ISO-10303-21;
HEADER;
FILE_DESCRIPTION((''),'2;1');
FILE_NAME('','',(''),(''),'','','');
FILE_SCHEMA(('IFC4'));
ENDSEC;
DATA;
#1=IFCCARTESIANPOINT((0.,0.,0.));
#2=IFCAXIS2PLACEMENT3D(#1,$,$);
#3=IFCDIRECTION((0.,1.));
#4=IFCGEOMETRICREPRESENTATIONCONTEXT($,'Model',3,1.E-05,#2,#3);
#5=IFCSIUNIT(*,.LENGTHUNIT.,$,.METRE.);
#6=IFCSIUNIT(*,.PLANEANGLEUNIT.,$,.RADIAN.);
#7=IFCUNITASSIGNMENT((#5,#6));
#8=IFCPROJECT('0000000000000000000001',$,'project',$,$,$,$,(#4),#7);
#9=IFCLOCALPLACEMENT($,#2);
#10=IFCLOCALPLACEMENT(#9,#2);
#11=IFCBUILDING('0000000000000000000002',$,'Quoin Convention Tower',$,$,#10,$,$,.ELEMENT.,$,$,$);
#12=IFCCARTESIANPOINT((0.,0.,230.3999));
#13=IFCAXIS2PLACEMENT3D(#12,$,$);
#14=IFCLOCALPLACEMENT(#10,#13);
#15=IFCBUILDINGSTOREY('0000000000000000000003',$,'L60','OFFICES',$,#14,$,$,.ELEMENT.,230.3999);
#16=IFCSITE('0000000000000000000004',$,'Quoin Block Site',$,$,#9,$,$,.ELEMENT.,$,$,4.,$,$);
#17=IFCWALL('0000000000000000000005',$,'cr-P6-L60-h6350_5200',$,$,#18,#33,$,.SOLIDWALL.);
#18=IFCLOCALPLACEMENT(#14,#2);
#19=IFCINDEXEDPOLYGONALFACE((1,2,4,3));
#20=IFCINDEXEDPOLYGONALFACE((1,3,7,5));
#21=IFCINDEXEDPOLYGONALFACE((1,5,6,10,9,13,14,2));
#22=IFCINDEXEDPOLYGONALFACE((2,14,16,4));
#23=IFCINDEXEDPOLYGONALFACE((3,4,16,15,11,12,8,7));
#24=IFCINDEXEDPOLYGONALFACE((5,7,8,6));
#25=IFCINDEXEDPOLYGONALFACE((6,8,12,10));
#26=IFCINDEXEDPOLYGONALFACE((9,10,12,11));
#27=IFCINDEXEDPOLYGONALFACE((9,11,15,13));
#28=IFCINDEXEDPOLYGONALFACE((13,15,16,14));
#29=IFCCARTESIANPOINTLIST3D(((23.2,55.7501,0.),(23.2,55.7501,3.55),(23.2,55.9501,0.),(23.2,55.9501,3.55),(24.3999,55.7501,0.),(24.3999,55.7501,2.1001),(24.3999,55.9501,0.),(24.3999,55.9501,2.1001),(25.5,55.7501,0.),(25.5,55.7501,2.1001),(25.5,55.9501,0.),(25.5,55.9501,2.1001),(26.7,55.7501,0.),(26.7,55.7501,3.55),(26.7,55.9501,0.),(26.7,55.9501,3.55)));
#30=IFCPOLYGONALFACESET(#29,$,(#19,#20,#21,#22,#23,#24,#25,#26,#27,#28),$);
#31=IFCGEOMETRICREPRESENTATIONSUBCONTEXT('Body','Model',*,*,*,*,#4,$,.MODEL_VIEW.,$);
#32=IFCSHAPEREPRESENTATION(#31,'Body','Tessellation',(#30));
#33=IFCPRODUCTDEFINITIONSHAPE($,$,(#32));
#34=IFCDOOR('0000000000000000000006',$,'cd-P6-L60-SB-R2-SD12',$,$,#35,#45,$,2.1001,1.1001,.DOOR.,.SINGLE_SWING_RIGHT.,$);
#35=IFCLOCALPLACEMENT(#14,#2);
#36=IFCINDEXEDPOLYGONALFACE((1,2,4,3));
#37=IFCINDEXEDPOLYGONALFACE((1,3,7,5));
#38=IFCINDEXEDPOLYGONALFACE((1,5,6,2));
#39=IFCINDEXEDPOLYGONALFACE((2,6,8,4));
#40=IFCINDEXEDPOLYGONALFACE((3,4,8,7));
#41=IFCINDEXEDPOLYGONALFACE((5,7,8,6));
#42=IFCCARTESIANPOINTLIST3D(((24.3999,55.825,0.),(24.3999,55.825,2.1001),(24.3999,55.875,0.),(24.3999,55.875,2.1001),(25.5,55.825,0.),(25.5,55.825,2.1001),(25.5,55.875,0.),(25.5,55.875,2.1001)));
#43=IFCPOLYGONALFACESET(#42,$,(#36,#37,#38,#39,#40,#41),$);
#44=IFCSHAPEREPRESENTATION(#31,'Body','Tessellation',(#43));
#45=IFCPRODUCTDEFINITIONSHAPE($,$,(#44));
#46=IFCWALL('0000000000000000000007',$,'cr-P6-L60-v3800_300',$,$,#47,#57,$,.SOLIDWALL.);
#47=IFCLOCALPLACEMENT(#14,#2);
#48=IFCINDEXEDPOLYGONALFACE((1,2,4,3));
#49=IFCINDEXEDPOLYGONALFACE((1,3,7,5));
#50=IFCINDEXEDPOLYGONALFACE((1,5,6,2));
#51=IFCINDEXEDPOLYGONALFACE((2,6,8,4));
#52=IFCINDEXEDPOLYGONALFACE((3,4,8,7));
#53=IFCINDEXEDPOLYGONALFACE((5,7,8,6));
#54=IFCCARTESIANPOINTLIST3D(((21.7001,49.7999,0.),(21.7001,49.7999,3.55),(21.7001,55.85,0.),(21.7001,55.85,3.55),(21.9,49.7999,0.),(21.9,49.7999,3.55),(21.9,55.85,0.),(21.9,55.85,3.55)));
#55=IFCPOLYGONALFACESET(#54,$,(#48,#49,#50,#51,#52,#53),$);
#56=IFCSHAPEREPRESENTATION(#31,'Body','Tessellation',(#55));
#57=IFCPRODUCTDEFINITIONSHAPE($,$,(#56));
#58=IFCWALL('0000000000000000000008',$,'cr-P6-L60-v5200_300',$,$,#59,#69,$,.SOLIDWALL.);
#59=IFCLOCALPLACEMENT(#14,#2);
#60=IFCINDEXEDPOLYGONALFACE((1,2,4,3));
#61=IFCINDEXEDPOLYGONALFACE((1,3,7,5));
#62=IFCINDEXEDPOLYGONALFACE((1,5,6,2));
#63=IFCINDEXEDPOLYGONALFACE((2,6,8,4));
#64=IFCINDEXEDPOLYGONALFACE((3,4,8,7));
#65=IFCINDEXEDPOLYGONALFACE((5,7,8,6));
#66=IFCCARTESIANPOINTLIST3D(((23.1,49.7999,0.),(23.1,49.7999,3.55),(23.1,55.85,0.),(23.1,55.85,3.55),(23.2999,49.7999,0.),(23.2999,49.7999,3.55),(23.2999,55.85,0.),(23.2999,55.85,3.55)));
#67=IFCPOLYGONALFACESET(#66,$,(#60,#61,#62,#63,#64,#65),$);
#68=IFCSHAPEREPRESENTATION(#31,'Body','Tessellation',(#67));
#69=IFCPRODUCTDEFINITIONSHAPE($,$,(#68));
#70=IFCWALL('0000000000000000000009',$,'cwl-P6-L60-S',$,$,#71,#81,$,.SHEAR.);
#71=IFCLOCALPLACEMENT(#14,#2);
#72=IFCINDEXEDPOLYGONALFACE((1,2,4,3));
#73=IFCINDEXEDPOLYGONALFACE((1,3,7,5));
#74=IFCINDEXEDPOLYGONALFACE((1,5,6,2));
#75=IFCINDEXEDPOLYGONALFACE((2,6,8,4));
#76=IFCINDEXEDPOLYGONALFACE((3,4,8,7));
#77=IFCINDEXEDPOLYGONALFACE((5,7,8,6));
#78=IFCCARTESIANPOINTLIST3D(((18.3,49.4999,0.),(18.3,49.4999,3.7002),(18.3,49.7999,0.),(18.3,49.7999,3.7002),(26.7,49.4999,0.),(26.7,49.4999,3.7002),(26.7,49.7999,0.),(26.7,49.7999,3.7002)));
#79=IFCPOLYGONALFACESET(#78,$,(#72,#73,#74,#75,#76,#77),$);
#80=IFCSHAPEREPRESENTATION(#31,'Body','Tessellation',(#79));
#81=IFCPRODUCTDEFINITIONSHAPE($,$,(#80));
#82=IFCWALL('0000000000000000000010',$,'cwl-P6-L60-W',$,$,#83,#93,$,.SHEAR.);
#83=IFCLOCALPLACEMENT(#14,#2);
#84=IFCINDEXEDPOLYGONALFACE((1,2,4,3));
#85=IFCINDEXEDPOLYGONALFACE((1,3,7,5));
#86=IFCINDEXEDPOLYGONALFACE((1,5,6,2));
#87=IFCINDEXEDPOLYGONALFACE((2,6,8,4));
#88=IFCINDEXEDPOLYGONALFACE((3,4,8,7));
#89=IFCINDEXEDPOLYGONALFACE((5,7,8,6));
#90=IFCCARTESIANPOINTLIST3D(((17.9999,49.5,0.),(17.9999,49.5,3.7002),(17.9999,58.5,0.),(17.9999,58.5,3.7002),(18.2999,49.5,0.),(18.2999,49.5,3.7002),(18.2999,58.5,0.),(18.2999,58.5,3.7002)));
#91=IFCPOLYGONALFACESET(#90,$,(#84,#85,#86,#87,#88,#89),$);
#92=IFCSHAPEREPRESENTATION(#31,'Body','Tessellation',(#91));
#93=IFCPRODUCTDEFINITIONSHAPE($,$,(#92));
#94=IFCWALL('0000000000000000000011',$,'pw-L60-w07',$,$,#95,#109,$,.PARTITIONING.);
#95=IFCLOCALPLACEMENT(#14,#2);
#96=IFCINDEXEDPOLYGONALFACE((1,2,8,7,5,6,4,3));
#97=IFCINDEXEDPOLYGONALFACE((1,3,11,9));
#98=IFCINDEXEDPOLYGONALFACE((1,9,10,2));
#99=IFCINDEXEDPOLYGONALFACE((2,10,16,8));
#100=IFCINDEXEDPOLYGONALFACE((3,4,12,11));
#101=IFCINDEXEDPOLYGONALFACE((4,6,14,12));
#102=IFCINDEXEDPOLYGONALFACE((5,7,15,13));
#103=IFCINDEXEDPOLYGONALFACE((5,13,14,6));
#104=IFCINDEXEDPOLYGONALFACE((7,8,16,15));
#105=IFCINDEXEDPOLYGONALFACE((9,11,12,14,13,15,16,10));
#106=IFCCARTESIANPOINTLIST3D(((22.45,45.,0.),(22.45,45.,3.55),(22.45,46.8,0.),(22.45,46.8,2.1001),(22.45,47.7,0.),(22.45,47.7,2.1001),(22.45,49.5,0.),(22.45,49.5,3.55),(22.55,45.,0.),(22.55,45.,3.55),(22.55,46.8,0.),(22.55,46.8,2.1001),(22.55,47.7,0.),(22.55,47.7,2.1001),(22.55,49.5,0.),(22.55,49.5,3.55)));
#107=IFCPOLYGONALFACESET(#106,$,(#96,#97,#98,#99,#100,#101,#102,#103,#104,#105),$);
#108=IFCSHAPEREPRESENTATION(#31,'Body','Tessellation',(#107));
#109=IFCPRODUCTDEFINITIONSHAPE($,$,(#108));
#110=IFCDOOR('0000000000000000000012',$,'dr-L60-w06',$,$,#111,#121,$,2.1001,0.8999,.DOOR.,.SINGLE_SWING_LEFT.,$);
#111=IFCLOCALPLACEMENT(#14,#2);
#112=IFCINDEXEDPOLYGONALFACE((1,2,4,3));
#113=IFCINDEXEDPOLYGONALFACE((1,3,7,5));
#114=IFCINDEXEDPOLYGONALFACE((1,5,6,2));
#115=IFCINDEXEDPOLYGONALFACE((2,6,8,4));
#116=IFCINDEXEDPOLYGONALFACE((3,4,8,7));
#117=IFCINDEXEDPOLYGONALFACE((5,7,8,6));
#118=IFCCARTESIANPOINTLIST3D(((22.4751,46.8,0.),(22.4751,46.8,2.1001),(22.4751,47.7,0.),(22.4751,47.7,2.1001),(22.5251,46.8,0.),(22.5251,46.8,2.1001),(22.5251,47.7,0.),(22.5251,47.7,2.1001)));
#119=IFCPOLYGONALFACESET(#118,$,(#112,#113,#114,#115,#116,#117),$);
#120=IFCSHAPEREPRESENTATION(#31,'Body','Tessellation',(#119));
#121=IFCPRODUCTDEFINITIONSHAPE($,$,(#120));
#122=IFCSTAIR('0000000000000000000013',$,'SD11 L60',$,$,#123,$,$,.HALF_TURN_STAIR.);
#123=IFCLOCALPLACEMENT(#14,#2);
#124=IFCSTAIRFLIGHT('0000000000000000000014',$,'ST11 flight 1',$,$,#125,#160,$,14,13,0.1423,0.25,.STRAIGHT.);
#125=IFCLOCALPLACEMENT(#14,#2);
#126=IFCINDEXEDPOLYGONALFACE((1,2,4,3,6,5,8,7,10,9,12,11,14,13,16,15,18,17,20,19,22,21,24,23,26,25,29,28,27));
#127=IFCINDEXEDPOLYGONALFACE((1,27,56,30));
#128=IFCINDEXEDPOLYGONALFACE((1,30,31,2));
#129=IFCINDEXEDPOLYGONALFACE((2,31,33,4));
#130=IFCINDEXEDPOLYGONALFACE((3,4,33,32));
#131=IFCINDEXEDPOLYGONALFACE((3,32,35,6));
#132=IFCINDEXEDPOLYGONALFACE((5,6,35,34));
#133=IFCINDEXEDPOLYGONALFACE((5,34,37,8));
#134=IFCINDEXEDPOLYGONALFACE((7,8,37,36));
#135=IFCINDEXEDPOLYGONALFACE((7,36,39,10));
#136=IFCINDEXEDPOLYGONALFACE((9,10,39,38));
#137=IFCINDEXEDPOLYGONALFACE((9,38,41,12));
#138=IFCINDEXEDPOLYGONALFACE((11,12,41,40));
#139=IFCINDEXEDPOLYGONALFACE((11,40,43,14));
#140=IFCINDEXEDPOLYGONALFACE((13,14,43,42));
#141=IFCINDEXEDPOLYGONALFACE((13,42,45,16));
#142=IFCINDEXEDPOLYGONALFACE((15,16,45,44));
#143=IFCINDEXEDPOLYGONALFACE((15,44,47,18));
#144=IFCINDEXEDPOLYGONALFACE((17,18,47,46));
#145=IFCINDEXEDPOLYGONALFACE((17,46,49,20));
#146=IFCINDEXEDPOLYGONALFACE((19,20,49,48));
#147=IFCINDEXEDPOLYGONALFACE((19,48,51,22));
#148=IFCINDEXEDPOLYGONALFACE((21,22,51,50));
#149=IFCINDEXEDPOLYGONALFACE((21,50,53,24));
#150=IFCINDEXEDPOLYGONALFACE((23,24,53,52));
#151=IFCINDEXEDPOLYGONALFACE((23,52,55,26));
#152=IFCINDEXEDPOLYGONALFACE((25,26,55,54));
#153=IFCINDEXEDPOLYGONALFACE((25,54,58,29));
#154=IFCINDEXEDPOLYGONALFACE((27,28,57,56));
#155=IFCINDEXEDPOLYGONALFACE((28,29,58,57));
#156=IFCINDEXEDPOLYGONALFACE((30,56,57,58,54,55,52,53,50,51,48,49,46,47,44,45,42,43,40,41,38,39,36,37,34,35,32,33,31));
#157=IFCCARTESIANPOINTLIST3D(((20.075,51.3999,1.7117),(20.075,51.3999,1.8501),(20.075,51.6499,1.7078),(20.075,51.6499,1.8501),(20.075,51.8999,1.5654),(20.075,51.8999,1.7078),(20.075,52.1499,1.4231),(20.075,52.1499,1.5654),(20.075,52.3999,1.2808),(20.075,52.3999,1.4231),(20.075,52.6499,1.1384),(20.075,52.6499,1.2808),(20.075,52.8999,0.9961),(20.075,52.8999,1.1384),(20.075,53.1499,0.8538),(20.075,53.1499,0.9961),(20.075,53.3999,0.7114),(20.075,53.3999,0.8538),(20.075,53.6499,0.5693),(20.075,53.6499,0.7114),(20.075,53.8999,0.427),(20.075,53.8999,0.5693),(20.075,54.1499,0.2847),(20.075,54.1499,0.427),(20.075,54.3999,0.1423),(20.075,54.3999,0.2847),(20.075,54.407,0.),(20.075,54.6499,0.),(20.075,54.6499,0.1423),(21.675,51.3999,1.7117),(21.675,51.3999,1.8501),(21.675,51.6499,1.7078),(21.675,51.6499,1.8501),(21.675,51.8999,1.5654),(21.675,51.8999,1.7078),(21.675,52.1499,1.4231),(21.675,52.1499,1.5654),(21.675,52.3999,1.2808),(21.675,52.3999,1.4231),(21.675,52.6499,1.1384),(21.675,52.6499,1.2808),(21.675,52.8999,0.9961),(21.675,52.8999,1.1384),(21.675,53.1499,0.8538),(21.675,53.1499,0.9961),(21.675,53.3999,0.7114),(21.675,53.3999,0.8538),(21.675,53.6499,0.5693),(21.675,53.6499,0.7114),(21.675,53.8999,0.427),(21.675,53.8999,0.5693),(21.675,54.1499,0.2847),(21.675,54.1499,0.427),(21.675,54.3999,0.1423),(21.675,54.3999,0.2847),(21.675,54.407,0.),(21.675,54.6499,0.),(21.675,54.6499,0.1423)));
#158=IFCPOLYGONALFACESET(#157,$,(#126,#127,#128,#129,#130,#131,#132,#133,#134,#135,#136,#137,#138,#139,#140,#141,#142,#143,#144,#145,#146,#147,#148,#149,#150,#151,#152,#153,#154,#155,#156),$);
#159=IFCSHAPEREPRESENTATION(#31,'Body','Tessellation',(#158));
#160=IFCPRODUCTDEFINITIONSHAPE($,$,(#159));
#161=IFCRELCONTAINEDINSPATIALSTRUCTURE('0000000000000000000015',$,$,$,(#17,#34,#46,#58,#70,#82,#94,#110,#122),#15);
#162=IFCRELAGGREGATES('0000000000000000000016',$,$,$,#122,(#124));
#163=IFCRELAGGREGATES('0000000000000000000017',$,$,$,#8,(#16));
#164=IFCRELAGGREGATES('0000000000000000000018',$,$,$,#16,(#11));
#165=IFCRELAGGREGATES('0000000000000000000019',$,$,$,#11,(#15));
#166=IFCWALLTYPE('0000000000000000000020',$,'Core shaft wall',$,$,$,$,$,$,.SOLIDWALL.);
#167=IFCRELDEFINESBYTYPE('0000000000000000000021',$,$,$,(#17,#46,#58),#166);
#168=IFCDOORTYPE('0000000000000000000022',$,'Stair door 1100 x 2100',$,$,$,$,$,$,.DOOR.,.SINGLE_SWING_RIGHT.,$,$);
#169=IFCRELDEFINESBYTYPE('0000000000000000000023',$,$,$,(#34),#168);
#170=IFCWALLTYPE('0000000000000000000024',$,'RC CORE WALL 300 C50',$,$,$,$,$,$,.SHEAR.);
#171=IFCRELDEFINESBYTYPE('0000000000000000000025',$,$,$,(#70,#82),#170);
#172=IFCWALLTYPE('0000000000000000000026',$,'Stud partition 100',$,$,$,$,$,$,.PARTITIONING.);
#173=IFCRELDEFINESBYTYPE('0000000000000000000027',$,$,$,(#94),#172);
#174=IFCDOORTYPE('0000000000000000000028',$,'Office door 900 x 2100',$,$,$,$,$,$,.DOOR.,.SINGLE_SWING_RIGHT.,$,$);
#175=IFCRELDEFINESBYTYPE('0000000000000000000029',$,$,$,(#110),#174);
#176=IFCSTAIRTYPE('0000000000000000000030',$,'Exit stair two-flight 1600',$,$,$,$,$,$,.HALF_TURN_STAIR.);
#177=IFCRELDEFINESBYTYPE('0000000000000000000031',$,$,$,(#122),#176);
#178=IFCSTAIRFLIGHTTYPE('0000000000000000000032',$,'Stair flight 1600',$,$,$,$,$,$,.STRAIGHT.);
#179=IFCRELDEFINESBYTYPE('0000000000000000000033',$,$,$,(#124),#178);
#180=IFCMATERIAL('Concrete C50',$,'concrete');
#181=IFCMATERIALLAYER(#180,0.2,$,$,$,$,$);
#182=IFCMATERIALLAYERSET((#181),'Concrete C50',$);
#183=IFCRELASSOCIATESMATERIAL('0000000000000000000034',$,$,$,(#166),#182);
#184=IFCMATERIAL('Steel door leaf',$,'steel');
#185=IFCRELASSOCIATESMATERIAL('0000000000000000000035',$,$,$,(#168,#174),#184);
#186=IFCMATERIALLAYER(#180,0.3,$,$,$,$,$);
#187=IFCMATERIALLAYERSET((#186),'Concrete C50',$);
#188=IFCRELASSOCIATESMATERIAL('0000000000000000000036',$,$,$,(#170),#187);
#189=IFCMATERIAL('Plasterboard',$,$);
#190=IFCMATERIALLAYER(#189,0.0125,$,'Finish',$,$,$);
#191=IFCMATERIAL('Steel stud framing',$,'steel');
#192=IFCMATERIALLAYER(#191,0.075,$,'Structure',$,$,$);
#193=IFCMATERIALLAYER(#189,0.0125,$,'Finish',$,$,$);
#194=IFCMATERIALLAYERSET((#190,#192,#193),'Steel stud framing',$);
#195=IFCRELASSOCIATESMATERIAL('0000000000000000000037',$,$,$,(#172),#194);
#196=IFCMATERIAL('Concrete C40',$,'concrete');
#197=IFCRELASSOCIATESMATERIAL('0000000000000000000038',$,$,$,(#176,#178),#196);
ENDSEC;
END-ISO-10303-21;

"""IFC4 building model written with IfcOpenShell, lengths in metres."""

from ifc_helpers import new_model, si_unit, direction, frame, frame_2d, origin, place, context, subcontext, project, spatial, polyline, rectangle, outline, extrude, material, layer, layer_set, type_object, element, fill, aggregate, save


model = new_model("IFC4")

# Units and contexts
model_context = context("Model", 3, precision=1e-05, world=origin(), true_north=direction((0.0, 1.0)))
body_context = subcontext(model_context, "Body", "Model", "MODEL_VIEW")
ifc_project = project(units=[si_unit("LENGTHUNIT", "METRE"), si_unit("PLANEANGLEUNIT", "RADIAN")], contexts=[model_context])

# Site, building, storey
site_placement = place(None, origin())
site = spatial("IfcSite", under=ifc_project, at=site_placement, Name="Quoin Block Site", CompositionType="ELEMENT", RefElevation=4.0)
building_placement = place(site_placement, origin())
building = spatial("IfcBuilding", under=site, at=building_placement, Name="Quoin Convention Tower", CompositionType="ELEMENT")
storey_placement = place(building_placement, frame((0.0, 0.0, 230.3999)))
storey = spatial("IfcBuildingStorey", under=building, at=storey_placement, Name="L60", Description="OFFICES", CompositionType="ELEMENT", Elevation=230.3999)

# Shared definitions
ifc_material_1 = material(Name="Concrete C50", Category="concrete")

# Shared definitions
ifc_layer_1 = layer(ifc_material_1, 0.2)
ifc_layer_set_1 = layer_set([ifc_layer_1], Name="Concrete C50")
wall_type_1 = type_object("IfcWallType", Name="Core shaft wall", PredefinedType="SOLIDWALL", material=ifc_layer_set_1)

# Wall, opening, door
ifc_material_2 = material(Name="Steel door leaf", Category="steel")
door_type_1 = type_object("IfcDoorType", Name="Stair door 1100 x 2100", OperationType="SINGLE_SWING_RIGHT", PredefinedType="DOOR", material=ifc_material_2)
wall_1_placement = place(storey_placement, frame((23.2, 55.8501, 0.0), z_axis=(0.0, 0.0, 1.0), x_axis=(1.0, 0.0, 0.0)))
wall_1 = element("IfcWall", 1, at=wall_1_placement, inside=storey, type_object=wall_type_1, Name="cr-P6-L60-h6350_5200", PredefinedType="SOLIDWALL", context=body_context, shape_type="SweptSolid", body=[
    extrude(rectangle(XDim=3.5, YDim=0.2, at=frame_2d((1.75, 0.0))), origin(), (0.0, 0.0, 1.0), 3.55),
])
opening_1_placement = place(wall_1_placement, frame((1.2, 0.0, 0.0)))
opening_1 = element("IfcOpeningElement", 2, at=opening_1_placement, cuts=wall_1, PredefinedType="OPENING", context=body_context, shape_type="SweptSolid", body=[
    extrude(rectangle(XDim=1.1001, YDim=2.1001, at=frame_2d((0.55, 1.05))), frame((0.0, 0.1099, 0.0), z_axis=(0.0, -1.0, 0.0), x_axis=(1.0, 0.0, 0.0)), (0.0, 0.0, 1.0), 0.22),
])
door_1_placement = place(opening_1_placement, origin())
door_1 = element("IfcDoor", 3, at=door_1_placement, inside=storey, type_object=door_type_1, Name="cd-P6-L60-SB-R2-SD12", OperationType="SINGLE_SWING_RIGHT", OverallHeight=2.1001, OverallWidth=1.1001, PredefinedType="DOOR", context=body_context, shape_type="SweptSolid", body=[
    extrude(rectangle(XDim=1.1001, YDim=2.1001, at=frame_2d((0.55, 1.05))), frame((0.0, 0.0249, 0.0), z_axis=(0.0, -1.0, 0.0), x_axis=(1.0, 0.0, 0.0)), (0.0, 0.0, 1.0), 0.05),
])
fill(opening_1, door_1)

# Walls
for number, where, z_axis, x_axis, name in (
    (4, (21.8, 49.8, 0.0), (0.0, 0.0, 1.0), (0.0, 1.0, 0.0), "cr-P6-L60-v3800_300"),
    (5, (23.2, 49.8, 0.0), (0.0, 0.0, 1.0), (0.0, 1.0, 0.0), "cr-P6-L60-v5200_300"),
):
    element("IfcWall", number, at=place(storey_placement, frame(where, z_axis=z_axis, x_axis=x_axis)), inside=storey, type_object=wall_type_1, Name=name, PredefinedType="SOLIDWALL", context=body_context, shape_type="SweptSolid", body=[
        extrude(rectangle(XDim=6.05, YDim=0.2, at=frame_2d((3.0249, 0.0))), origin(), (0.0, 0.0, 1.0), 3.55),
    ])
ifc_layer_2 = layer(ifc_material_1, 0.3)
ifc_layer_set_2 = layer_set([ifc_layer_2], Name="Concrete C50")
wall_type_2 = type_object("IfcWallType", Name="RC CORE WALL 300 C50", PredefinedType="SHEAR", material=ifc_layer_set_2)
wall_2_placement = place(storey_placement, frame((18.3, 49.6499, 0.0), z_axis=(0.0, 0.0, 1.0), x_axis=(1.0, 0.0, 0.0)))
element("IfcWall", 6, at=wall_2_placement, inside=storey, type_object=wall_type_2, Name="cwl-P6-L60-S", PredefinedType="SHEAR", context=body_context, shape_type="SweptSolid", body=[
    extrude(rectangle(XDim=8.3999, YDim=0.3, at=frame_2d((4.2, 0.0))), origin(), (0.0, 0.0, 1.0), 3.7002),
])
wall_3_placement = place(storey_placement, frame((18.1499, 49.5, 0.0), z_axis=(0.0, 0.0, 1.0), x_axis=(0.0, 1.0, 0.0)))
element("IfcWall", 7, at=wall_3_placement, inside=storey, type_object=wall_type_2, Name="cwl-P6-L60-W", PredefinedType="SHEAR", context=body_context, shape_type="SweptSolid", body=[
    extrude(rectangle(XDim=9.0, YDim=0.3, at=frame_2d((4.5, 0.0))), origin(), (0.0, 0.0, 1.0), 3.7002),
])

# Wall, opening, door
ifc_material_3 = material(Name="Plasterboard")
ifc_layer_3 = layer(ifc_material_3, 0.0125, Name="Finish")
ifc_material_4 = material(Name="Steel stud framing", Category="steel")
ifc_layer_4 = layer(ifc_material_4, 0.075, Name="Structure")
ifc_layer_5 = layer(ifc_material_3, 0.0125, Name="Finish")
ifc_layer_set_3 = layer_set([ifc_layer_3, ifc_layer_4, ifc_layer_5], Name="Steel stud framing")
wall_type_3 = type_object("IfcWallType", Name="Stud partition 100", PredefinedType="PARTITIONING", material=ifc_layer_set_3)
wall_4_placement = place(storey_placement, frame((22.5, 49.5, 0.0), z_axis=(0.0, 0.0, 1.0), x_axis=(0.0, -1.0, 0.0)))
wall_4 = element("IfcWall", 8, at=wall_4_placement, inside=storey, type_object=wall_type_3, Name="pw-L60-w07", PredefinedType="PARTITIONING", context=body_context, shape_type="SweptSolid", body=[
    extrude(rectangle(XDim=4.5, YDim=0.1001, at=frame_2d((2.25, 0.0))), origin(), (0.0, 0.0, 1.0), 3.55),
])
opening_2_placement = place(wall_4_placement, frame((1.8, 0.0, 0.0)))
opening_2 = element("IfcOpeningElement", 9, at=opening_2_placement, cuts=wall_4, PredefinedType="OPENING", context=body_context, shape_type="SweptSolid", body=[
    extrude(rectangle(XDim=0.8999, YDim=2.1001, at=frame_2d((0.45, 1.05))), frame((0.0, 0.0601, 0.0), z_axis=(0.0, -1.0, 0.0), x_axis=(1.0, 0.0, 0.0)), (0.0, 0.0, 1.0), 0.1201),
])
door_type_2 = type_object("IfcDoorType", Name="Office door 900 x 2100", OperationType="SINGLE_SWING_RIGHT", PredefinedType="DOOR", material=ifc_material_2)
door_2_placement = place(opening_2_placement, frame((0.8999, 0.0, 0.0), z_axis=(0.0, 0.0, 1.0), x_axis=(-1.0, 0.0, 0.0)))
door_2 = element("IfcDoor", 10, at=door_2_placement, inside=storey, type_object=door_type_2, Name="dr-L60-w06", OperationType="SINGLE_SWING_LEFT", OverallHeight=2.1001, OverallWidth=0.8999, PredefinedType="DOOR", context=body_context, shape_type="SweptSolid", body=[
    extrude(rectangle(XDim=0.8999, YDim=2.1001, at=frame_2d((0.45, 1.05))), frame((0.0, 0.0249, 0.0), z_axis=(0.0, -1.0, 0.0), x_axis=(1.0, 0.0, 0.0)), (0.0, 0.0, 1.0), 0.05),
])
fill(opening_2, door_2)

# Stair, stair flight
ifc_material_5 = material(Name="Concrete C40", Category="concrete")
stair_type = type_object("IfcStairType", Name="Exit stair two-flight 1600", PredefinedType="HALF_TURN_STAIR", material=ifc_material_5)
stair_1_placement = place(storey_placement, origin())
stair_1 = element("IfcStair", 11, at=stair_1_placement, inside=storey, type_object=stair_type, Name="SD11 L60", PredefinedType="HALF_TURN_STAIR")
stair_flight_type = type_object("IfcStairFlightType", Name="Stair flight 1600", PredefinedType="STRAIGHT", material=ifc_material_5)
stair_flight_1_placement = place(storey_placement, frame((20.875, 54.6499, 0.0), z_axis=(0.0, 0.0, 1.0), x_axis=(0.0, -1.0, 0.0)))
stair_flight_1 = element("IfcStairFlight", 12, at=stair_flight_1_placement, type_object=stair_flight_type, Name="ST11 flight 1", NumberOfRisers=14, NumberOfTreads=13, PredefinedType="STRAIGHT", RiserHeight=0.1423, TreadLength=0.25, context=body_context, shape_type="SweptSolid", body=[
    extrude(outline(polyline([(0.0, 0.0), (0.0, 0.1423), (0.25, 0.1423), (0.25, 0.2847), (0.5, 0.2847), (0.5, 0.427), (0.75, 0.427), (0.75, 0.5693), (1.0, 0.5693), (1.0, 0.7114), (1.25, 0.7114), (1.25, 0.8538), (1.5, 0.8538), (1.5, 0.9961), (1.75, 0.9961), (1.75, 1.1384), (2.0, 1.1384), (2.0, 1.2808), (2.25, 1.2808), (2.25, 1.4231), (2.5, 1.4231), (2.5, 1.5654), (2.75, 1.5654), (2.75, 1.7078), (3.0, 1.7078), (3.0, 1.8501), (3.25, 1.8501), (3.25, 1.9922), (3.25, 1.7117), (0.2429, 0.0), (0.0, 0.0)])), frame((0.0, 0.8, 0.0), z_axis=(0.0, -1.0, 0.0), x_axis=(1.0, 0.0, 0.0)), (0.0, 0.0, 1.0), 1.6001),
])
aggregate(stair_1, [stair_flight_1])

save(model, "model.ifc")
